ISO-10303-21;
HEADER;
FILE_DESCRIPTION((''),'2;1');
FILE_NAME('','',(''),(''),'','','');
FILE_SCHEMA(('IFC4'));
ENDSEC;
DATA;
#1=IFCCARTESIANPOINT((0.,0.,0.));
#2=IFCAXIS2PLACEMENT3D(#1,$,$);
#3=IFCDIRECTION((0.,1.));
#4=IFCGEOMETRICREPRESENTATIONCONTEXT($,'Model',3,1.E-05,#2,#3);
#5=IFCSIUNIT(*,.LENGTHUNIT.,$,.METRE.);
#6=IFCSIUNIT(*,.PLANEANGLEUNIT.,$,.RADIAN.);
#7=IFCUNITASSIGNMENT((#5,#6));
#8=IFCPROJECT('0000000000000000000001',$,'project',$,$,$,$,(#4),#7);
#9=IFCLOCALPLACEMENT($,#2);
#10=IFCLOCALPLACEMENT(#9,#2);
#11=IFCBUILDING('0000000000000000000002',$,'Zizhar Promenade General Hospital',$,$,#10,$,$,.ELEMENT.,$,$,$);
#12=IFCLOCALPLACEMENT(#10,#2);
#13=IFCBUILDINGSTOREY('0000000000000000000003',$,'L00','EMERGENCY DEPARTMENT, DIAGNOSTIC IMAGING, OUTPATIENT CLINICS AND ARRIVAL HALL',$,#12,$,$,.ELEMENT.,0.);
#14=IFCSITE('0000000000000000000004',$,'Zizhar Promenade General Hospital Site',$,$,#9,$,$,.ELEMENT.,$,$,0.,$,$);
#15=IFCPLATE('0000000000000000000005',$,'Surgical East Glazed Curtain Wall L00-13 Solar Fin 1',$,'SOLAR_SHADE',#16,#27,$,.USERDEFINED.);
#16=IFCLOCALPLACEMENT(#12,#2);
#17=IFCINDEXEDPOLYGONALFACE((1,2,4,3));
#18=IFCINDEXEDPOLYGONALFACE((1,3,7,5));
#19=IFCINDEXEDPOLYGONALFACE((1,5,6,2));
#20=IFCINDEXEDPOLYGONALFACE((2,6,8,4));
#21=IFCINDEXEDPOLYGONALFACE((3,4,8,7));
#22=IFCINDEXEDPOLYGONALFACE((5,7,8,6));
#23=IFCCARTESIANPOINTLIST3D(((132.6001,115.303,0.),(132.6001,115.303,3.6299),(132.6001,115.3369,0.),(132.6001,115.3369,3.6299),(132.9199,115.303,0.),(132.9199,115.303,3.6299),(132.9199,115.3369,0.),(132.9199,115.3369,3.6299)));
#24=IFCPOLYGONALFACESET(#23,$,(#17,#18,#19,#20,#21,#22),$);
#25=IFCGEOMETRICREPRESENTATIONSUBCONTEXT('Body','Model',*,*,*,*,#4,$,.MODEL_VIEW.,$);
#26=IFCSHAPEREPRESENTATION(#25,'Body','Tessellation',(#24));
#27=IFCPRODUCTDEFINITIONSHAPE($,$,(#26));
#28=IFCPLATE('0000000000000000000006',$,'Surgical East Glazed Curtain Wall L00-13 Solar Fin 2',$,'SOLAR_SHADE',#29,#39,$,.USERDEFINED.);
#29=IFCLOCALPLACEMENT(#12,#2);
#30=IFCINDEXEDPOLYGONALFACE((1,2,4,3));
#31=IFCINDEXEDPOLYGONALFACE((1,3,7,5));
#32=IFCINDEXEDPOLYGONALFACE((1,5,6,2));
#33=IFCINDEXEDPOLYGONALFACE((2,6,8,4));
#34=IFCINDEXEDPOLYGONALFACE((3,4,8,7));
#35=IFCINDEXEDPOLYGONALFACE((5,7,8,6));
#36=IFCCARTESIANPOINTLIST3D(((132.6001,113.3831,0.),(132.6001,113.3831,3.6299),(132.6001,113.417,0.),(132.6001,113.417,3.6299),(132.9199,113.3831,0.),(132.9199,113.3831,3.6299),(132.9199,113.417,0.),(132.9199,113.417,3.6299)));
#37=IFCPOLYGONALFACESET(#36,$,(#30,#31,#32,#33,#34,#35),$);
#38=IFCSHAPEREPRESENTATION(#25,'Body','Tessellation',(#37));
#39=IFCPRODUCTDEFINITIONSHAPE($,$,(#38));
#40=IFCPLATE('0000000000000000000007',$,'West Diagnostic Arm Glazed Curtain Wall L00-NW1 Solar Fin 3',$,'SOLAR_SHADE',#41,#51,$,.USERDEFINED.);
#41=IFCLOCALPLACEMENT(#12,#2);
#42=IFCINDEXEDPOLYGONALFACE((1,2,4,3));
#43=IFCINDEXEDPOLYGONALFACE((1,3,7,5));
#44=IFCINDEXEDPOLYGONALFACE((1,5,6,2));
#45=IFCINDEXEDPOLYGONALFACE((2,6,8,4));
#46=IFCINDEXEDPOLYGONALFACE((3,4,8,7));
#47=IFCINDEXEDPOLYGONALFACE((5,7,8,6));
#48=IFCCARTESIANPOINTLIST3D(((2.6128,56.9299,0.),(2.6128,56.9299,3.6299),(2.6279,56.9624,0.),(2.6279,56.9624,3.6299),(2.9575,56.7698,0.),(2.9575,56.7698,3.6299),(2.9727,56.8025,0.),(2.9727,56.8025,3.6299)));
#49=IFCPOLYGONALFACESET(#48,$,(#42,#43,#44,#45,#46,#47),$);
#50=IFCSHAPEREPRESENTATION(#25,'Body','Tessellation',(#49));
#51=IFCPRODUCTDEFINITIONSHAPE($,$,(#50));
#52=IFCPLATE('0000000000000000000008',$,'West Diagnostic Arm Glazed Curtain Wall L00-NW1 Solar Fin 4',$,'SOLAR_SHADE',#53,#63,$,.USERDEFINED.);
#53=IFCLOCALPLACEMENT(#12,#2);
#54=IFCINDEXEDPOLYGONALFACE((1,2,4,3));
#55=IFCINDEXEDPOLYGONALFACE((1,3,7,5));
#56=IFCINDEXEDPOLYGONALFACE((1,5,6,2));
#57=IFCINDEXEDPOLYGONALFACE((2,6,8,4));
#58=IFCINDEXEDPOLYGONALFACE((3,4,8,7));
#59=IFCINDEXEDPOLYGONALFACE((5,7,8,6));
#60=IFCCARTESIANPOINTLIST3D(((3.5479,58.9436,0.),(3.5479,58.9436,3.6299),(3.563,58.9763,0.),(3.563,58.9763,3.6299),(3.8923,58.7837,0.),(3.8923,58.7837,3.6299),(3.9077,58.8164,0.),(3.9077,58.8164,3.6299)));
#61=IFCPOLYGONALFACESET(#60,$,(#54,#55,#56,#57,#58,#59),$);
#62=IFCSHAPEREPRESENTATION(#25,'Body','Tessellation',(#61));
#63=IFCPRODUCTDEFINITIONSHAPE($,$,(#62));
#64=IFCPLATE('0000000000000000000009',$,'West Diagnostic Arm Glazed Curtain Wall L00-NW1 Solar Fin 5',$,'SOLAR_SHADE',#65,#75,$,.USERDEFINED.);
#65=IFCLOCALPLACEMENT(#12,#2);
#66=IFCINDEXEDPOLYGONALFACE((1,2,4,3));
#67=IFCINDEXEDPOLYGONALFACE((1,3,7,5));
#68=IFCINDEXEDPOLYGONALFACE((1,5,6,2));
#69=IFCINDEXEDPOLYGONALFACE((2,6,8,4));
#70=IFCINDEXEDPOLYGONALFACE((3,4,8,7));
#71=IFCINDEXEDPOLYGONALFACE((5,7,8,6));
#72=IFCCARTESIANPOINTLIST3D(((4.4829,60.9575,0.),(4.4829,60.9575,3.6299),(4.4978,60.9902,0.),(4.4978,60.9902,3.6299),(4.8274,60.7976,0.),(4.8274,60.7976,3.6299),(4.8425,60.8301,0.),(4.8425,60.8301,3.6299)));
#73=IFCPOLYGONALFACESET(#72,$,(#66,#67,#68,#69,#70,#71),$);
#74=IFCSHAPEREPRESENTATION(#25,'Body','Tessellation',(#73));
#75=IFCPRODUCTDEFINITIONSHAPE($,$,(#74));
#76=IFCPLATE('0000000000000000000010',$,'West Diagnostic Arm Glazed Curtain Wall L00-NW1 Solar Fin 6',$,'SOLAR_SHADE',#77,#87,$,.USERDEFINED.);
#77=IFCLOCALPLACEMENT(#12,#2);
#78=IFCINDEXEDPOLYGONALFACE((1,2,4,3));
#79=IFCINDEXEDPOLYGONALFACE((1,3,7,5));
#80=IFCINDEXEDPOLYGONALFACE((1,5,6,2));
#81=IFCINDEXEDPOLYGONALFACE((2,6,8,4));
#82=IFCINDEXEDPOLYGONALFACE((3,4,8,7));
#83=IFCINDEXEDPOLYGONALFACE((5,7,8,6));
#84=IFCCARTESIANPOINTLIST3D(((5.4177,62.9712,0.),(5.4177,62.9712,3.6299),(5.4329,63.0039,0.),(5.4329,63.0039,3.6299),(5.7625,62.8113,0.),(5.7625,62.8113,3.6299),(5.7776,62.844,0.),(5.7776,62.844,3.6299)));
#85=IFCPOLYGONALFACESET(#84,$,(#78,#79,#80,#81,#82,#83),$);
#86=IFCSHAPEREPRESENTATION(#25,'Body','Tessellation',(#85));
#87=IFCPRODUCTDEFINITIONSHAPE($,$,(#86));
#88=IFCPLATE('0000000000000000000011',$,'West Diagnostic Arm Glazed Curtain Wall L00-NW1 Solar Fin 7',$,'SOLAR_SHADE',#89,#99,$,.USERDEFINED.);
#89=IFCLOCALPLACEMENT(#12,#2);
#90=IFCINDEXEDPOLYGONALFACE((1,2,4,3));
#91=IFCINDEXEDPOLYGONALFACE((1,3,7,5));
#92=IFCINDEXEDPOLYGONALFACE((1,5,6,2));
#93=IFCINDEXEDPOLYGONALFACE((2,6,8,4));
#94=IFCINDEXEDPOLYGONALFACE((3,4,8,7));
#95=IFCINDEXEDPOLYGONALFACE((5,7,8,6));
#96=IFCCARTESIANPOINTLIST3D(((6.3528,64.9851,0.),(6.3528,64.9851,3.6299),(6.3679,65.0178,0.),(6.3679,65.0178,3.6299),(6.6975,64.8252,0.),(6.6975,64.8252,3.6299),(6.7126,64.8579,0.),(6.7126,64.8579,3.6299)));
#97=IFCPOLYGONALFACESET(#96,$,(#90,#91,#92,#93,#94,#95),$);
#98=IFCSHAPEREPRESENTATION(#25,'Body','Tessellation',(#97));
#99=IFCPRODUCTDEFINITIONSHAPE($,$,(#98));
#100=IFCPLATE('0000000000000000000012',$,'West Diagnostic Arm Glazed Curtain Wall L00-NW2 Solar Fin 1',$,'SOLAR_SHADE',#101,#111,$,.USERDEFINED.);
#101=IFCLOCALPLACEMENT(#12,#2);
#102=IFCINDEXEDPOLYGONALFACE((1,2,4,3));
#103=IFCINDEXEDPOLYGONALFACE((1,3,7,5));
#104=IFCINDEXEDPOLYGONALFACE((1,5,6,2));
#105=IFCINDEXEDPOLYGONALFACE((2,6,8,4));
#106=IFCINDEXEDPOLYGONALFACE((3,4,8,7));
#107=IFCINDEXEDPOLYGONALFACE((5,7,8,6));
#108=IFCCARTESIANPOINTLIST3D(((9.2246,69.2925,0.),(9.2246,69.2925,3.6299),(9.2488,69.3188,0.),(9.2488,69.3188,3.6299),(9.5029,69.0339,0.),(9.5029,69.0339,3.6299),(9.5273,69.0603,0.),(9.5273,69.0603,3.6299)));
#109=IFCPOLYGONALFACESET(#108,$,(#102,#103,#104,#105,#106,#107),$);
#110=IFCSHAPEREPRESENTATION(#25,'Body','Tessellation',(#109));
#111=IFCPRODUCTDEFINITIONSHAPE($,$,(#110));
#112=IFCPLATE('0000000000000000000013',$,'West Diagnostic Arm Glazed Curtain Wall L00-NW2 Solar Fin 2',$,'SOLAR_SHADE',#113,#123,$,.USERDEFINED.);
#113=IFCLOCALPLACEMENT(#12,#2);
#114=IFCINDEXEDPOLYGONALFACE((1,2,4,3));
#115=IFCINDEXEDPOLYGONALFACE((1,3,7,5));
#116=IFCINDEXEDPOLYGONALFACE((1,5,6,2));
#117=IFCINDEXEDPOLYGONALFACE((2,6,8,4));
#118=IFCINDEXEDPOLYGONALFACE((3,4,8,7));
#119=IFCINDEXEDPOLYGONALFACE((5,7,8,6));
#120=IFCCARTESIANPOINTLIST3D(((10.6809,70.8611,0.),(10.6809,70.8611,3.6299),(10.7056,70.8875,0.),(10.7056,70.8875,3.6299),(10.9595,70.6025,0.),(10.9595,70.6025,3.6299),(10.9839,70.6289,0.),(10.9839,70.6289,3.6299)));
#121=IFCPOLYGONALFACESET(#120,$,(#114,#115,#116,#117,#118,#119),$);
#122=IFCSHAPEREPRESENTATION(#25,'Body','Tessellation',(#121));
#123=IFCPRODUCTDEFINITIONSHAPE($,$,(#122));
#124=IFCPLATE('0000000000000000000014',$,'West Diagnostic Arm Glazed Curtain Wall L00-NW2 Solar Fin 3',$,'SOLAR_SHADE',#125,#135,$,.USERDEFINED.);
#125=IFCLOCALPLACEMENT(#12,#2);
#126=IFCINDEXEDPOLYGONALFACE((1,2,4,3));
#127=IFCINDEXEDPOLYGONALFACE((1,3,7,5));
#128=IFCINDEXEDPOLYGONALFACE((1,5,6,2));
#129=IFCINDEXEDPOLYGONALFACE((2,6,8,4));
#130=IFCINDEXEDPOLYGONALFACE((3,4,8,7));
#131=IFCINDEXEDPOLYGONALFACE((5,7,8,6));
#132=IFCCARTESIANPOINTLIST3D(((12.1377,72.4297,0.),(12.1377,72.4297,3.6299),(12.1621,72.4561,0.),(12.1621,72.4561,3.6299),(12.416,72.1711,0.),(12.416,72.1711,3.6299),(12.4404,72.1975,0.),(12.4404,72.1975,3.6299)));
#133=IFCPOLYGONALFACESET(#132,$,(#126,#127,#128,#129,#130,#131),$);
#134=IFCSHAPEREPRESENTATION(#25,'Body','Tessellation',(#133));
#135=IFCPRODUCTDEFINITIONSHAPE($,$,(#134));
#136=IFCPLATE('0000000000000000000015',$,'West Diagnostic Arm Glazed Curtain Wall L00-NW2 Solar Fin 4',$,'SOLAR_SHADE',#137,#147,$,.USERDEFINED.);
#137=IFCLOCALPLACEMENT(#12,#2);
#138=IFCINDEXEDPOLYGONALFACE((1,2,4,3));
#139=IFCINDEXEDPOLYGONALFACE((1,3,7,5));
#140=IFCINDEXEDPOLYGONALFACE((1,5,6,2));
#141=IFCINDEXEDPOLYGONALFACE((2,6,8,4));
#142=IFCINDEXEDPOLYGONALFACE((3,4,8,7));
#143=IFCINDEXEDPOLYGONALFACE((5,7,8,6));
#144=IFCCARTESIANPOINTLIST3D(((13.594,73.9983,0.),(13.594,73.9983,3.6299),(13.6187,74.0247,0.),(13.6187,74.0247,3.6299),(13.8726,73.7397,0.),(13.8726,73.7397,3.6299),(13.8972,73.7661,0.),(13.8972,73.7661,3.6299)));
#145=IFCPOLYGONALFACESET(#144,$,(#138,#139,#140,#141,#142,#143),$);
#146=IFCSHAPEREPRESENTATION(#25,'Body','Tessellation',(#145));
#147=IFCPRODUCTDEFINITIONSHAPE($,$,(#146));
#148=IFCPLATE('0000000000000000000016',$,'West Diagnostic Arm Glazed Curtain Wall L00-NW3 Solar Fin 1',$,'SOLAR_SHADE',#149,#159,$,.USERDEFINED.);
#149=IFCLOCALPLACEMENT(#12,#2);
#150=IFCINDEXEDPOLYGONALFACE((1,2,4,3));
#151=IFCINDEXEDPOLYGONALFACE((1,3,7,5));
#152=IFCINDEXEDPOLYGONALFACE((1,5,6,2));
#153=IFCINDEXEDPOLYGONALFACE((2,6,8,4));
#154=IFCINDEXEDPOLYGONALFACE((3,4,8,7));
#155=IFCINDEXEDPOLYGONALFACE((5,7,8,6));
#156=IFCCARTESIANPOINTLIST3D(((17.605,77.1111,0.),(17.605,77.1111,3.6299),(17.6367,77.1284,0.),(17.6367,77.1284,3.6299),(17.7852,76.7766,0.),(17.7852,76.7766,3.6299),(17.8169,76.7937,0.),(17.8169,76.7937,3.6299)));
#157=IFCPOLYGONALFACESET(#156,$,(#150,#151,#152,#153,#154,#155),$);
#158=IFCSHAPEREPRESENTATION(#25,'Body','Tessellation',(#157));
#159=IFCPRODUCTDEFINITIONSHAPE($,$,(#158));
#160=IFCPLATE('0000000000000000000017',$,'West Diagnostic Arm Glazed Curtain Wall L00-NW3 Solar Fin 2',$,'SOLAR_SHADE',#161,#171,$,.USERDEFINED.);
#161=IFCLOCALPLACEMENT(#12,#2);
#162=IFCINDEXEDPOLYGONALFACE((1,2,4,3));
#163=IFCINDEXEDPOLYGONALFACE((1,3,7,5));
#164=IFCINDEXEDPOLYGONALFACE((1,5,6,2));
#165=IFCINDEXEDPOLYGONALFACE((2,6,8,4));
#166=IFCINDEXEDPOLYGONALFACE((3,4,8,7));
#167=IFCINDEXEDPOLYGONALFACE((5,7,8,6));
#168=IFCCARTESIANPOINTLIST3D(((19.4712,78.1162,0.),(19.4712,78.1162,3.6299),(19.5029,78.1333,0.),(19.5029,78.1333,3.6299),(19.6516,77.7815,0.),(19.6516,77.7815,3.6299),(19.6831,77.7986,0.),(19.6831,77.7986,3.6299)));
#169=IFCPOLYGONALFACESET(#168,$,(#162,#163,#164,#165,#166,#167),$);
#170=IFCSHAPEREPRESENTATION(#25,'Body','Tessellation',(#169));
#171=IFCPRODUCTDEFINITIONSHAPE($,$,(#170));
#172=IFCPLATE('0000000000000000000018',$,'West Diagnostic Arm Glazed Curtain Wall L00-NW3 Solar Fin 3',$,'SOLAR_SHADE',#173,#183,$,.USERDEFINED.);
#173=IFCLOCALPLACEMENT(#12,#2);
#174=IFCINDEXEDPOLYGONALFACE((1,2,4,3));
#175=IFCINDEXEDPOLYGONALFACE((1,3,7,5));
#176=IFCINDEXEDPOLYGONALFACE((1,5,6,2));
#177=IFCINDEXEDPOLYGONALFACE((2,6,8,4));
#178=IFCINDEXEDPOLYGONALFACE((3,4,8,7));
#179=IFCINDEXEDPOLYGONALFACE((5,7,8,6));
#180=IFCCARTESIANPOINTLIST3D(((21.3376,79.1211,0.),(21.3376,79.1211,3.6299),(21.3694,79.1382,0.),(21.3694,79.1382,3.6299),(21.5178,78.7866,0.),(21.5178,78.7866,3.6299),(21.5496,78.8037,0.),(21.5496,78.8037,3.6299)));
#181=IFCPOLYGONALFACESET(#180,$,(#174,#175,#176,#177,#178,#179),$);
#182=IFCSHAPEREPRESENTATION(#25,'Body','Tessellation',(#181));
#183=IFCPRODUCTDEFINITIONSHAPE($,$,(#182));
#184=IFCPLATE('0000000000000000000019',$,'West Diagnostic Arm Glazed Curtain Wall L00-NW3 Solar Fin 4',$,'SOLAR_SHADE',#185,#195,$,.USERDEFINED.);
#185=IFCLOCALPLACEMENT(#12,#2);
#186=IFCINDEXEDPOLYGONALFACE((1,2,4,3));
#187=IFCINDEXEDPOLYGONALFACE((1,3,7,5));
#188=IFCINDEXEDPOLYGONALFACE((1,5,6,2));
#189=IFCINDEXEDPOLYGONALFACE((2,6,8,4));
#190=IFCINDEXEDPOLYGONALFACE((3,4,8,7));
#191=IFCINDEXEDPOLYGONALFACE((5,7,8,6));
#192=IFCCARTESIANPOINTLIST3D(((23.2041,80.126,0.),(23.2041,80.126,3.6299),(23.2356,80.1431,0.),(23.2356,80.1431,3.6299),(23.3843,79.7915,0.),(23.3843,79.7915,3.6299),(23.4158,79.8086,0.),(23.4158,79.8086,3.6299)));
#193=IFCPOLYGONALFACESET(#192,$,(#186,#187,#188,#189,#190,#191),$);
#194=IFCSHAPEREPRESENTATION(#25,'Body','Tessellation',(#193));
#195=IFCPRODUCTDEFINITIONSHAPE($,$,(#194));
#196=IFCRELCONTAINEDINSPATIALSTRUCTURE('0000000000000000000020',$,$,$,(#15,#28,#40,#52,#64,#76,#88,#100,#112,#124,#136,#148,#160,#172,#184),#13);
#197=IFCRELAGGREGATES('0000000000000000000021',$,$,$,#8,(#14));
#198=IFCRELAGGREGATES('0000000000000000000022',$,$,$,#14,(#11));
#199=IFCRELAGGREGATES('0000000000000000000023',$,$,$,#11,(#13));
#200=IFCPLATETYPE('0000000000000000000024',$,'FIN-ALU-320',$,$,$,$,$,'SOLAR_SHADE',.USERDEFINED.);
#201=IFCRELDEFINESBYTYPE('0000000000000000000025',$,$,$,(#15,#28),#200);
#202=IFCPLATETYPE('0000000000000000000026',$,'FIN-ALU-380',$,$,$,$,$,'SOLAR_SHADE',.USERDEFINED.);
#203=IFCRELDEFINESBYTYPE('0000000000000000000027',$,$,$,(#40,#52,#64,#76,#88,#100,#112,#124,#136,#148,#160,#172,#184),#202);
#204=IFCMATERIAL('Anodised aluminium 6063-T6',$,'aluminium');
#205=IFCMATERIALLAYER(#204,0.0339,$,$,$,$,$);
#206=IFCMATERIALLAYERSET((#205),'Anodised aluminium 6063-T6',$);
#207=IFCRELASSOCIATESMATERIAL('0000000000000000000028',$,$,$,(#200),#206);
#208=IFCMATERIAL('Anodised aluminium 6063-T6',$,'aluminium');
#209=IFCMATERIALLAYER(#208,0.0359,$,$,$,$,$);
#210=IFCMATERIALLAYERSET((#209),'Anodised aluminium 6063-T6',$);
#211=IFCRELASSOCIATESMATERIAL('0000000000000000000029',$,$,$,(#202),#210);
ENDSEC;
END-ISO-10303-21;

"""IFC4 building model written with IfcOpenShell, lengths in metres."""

from ifc_helpers import new_model, si_unit, direction, origin, place, context, subcontext, project, spatial, polyline, outline, extrude, material, layer, layer_set, type_object, element, save


model = new_model("IFC4")

# Units and contexts
model_context = context("Model", 3, precision=1e-05, world=origin(), true_north=direction((0.0, 1.0)))
body_context = subcontext(model_context, "Body", "Model", "MODEL_VIEW")
ifc_project = project(units=[si_unit("LENGTHUNIT", "METRE"), si_unit("PLANEANGLEUNIT", "RADIAN")], contexts=[model_context])

# Site, building, storey
site_placement = place(None, origin())
site = spatial("IfcSite", under=ifc_project, at=site_placement, Name="Zizhar Promenade General Hospital Site", CompositionType="ELEMENT", RefElevation=0.0)
building_placement = place(site_placement, origin())
building = spatial("IfcBuilding", under=site, at=building_placement, Name="Zizhar Promenade General Hospital", CompositionType="ELEMENT")
storey_placement = place(building_placement, origin())
storey = spatial("IfcBuildingStorey", under=building, at=storey_placement, Name="L00", Description="EMERGENCY DEPARTMENT, DIAGNOSTIC IMAGING, OUTPATIENT CLINICS AND ARRIVAL HALL", CompositionType="ELEMENT", Elevation=0.0)

# Plates
ifc_material_1 = material(Name="Anodised aluminium 6063-T6", Category="aluminium")
ifc_layer_1 = layer(ifc_material_1, 0.0339)
ifc_layer_set_1 = layer_set([ifc_layer_1], Name="Anodised aluminium 6063-T6")
plate_type_1 = type_object("IfcPlateType", Name="FIN-ALU-320", ElementType="SOLAR_SHADE", PredefinedType="USERDEFINED", material=ifc_layer_set_1)
plate_1_placement = place(storey_placement, origin())
element("IfcPlate", 1, at=plate_1_placement, inside=storey, type_object=plate_type_1, Name="Surgical East Glazed Curtain Wall L00-13 Solar Fin 1", ObjectType="SOLAR_SHADE", PredefinedType="USERDEFINED", context=body_context, shape_type="SweptSolid", body=[
    extrude(outline(polyline([(132.6001, 115.3369), (132.6001, 115.303), (132.9199, 115.303), (132.9199, 115.3369), (132.6001, 115.3369)])), origin(), (0.0, 0.0, 1.0), 3.6299),
])
plate_2_placement = place(storey_placement, origin())
element("IfcPlate", 2, at=plate_2_placement, inside=storey, type_object=plate_type_1, Name="Surgical East Glazed Curtain Wall L00-13 Solar Fin 2", ObjectType="SOLAR_SHADE", PredefinedType="USERDEFINED", context=body_context, shape_type="SweptSolid", body=[
    extrude(outline(polyline([(132.6001, 113.417), (132.6001, 113.3831), (132.9199, 113.3831), (132.9199, 113.417), (132.6001, 113.417)])), origin(), (0.0, 0.0, 1.0), 3.6299),
])
ifc_material_2 = material(Name="Anodised aluminium 6063-T6", Category="aluminium")
ifc_layer_2 = layer(ifc_material_2, 0.0359)
ifc_layer_set_2 = layer_set([ifc_layer_2], Name="Anodised aluminium 6063-T6")
plate_type_2 = type_object("IfcPlateType", Name="FIN-ALU-380", ElementType="SOLAR_SHADE", PredefinedType="USERDEFINED", material=ifc_layer_set_2)
plate_3_placement = place(storey_placement, origin())
element("IfcPlate", 3, at=plate_3_placement, inside=storey, type_object=plate_type_2, Name="West Diagnostic Arm Glazed Curtain Wall L00-NW1 Solar Fin 3", ObjectType="SOLAR_SHADE", PredefinedType="USERDEFINED", context=body_context, shape_type="SweptSolid", body=[
    extrude(outline(polyline([(2.9575, 56.7698), (2.9727, 56.8025), (2.6279, 56.9624), (2.6128, 56.9299), (2.9575, 56.7698)])), origin(), (0.0, 0.0, 1.0), 3.6299),
])
plate_4_placement = place(storey_placement, origin())
element("IfcPlate", 4, at=plate_4_placement, inside=storey, type_object=plate_type_2, Name="West Diagnostic Arm Glazed Curtain Wall L00-NW1 Solar Fin 4", ObjectType="SOLAR_SHADE", PredefinedType="USERDEFINED", context=body_context, shape_type="SweptSolid", body=[
    extrude(outline(polyline([(3.8923, 58.7837), (3.9077, 58.8164), (3.563, 58.9763), (3.5479, 58.9436), (3.8923, 58.7837)])), origin(), (0.0, 0.0, 1.0), 3.6299),
])
plate_5_placement = place(storey_placement, origin())
element("IfcPlate", 5, at=plate_5_placement, inside=storey, type_object=plate_type_2, Name="West Diagnostic Arm Glazed Curtain Wall L00-NW1 Solar Fin 5", ObjectType="SOLAR_SHADE", PredefinedType="USERDEFINED", context=body_context, shape_type="SweptSolid", body=[
    extrude(outline(polyline([(4.8274, 60.7976), (4.8425, 60.8301), (4.4978, 60.9902), (4.4829, 60.9575), (4.8274, 60.7976)])), origin(), (0.0, 0.0, 1.0), 3.6299),
])
plate_6_placement = place(storey_placement, origin())
element("IfcPlate", 6, at=plate_6_placement, inside=storey, type_object=plate_type_2, Name="West Diagnostic Arm Glazed Curtain Wall L00-NW1 Solar Fin 6", ObjectType="SOLAR_SHADE", PredefinedType="USERDEFINED", context=body_context, shape_type="SweptSolid", body=[
    extrude(outline(polyline([(5.7625, 62.8113), (5.7776, 62.844), (5.4329, 63.0039), (5.4177, 62.9712), (5.7625, 62.8113)])), origin(), (0.0, 0.0, 1.0), 3.6299),
])
plate_7_placement = place(storey_placement, origin())
element("IfcPlate", 7, at=plate_7_placement, inside=storey, type_object=plate_type_2, Name="West Diagnostic Arm Glazed Curtain Wall L00-NW1 Solar Fin 7", ObjectType="SOLAR_SHADE", PredefinedType="USERDEFINED", context=body_context, shape_type="SweptSolid", body=[
    extrude(outline(polyline([(6.6975, 64.8252), (6.7126, 64.8579), (6.3679, 65.0178), (6.3528, 64.9851), (6.6975, 64.8252)])), origin(), (0.0, 0.0, 1.0), 3.6299),
])
plate_8_placement = place(storey_placement, origin())
element("IfcPlate", 8, at=plate_8_placement, inside=storey, type_object=plate_type_2, Name="West Diagnostic Arm Glazed Curtain Wall L00-NW2 Solar Fin 1", ObjectType="SOLAR_SHADE", PredefinedType="USERDEFINED", context=body_context, shape_type="SweptSolid", body=[
    extrude(outline(polyline([(9.5029, 69.0339), (9.5273, 69.0603), (9.2488, 69.3188), (9.2246, 69.2925), (9.5029, 69.0339)])), origin(), (0.0, 0.0, 1.0), 3.6299),
])
plate_9_placement = place(storey_placement, origin())
element("IfcPlate", 9, at=plate_9_placement, inside=storey, type_object=plate_type_2, Name="West Diagnostic Arm Glazed Curtain Wall L00-NW2 Solar Fin 2", ObjectType="SOLAR_SHADE", PredefinedType="USERDEFINED", context=body_context, shape_type="SweptSolid", body=[
    extrude(outline(polyline([(10.9595, 70.6025), (10.9839, 70.6289), (10.7056, 70.8875), (10.6809, 70.8611), (10.9595, 70.6025)])), origin(), (0.0, 0.0, 1.0), 3.6299),
])
plate_10_placement = place(storey_placement, origin())
element("IfcPlate", 10, at=plate_10_placement, inside=storey, type_object=plate_type_2, Name="West Diagnostic Arm Glazed Curtain Wall L00-NW2 Solar Fin 3", ObjectType="SOLAR_SHADE", PredefinedType="USERDEFINED", context=body_context, shape_type="SweptSolid", body=[
    extrude(outline(polyline([(12.416, 72.1711), (12.4404, 72.1975), (12.1621, 72.4561), (12.1377, 72.4297), (12.416, 72.1711)])), origin(), (0.0, 0.0, 1.0), 3.6299),
])
plate_11_placement = place(storey_placement, origin())
element("IfcPlate", 11, at=plate_11_placement, inside=storey, type_object=plate_type_2, Name="West Diagnostic Arm Glazed Curtain Wall L00-NW2 Solar Fin 4", ObjectType="SOLAR_SHADE", PredefinedType="USERDEFINED", context=body_context, shape_type="SweptSolid", body=[
    extrude(outline(polyline([(13.8726, 73.7397), (13.8972, 73.7661), (13.6187, 74.0247), (13.594, 73.9983), (13.8726, 73.7397)])), origin(), (0.0, 0.0, 1.0), 3.6299),
])
plate_12_placement = place(storey_placement, origin())
element("IfcPlate", 12, at=plate_12_placement, inside=storey, type_object=plate_type_2, Name="West Diagnostic Arm Glazed Curtain Wall L00-NW3 Solar Fin 1", ObjectType="SOLAR_SHADE", PredefinedType="USERDEFINED", context=body_context, shape_type="SweptSolid", body=[
    extrude(outline(polyline([(17.7852, 76.7766), (17.8169, 76.7937), (17.6367, 77.1284), (17.605, 77.1111), (17.7852, 76.7766)])), origin(), (0.0, 0.0, 1.0), 3.6299),
])
plate_13_placement = place(storey_placement, origin())
element("IfcPlate", 13, at=plate_13_placement, inside=storey, type_object=plate_type_2, Name="West Diagnostic Arm Glazed Curtain Wall L00-NW3 Solar Fin 2", ObjectType="SOLAR_SHADE", PredefinedType="USERDEFINED", context=body_context, shape_type="SweptSolid", body=[
    extrude(outline(polyline([(19.6516, 77.7815), (19.6831, 77.7986), (19.5029, 78.1333), (19.4712, 78.1162), (19.6516, 77.7815)])), origin(), (0.0, 0.0, 1.0), 3.6299),
])
plate_14_placement = place(storey_placement, origin())
element("IfcPlate", 14, at=plate_14_placement, inside=storey, type_object=plate_type_2, Name="West Diagnostic Arm Glazed Curtain Wall L00-NW3 Solar Fin 3", ObjectType="SOLAR_SHADE", PredefinedType="USERDEFINED", context=body_context, shape_type="SweptSolid", body=[
    extrude(outline(polyline([(21.5178, 78.7866), (21.5496, 78.8037), (21.3694, 79.1382), (21.3376, 79.1211), (21.5178, 78.7866)])), origin(), (0.0, 0.0, 1.0), 3.6299),
])
plate_15_placement = place(storey_placement, origin())
element("IfcPlate", 15, at=plate_15_placement, inside=storey, type_object=plate_type_2, Name="West Diagnostic Arm Glazed Curtain Wall L00-NW3 Solar Fin 4", ObjectType="SOLAR_SHADE", PredefinedType="USERDEFINED", context=body_context, shape_type="SweptSolid", body=[
    extrude(outline(polyline([(23.3843, 79.7915), (23.4158, 79.8086), (23.2356, 80.1431), (23.2041, 80.126), (23.3843, 79.7915)])), origin(), (0.0, 0.0, 1.0), 3.6299),
])

save(model, "model.ifc")
